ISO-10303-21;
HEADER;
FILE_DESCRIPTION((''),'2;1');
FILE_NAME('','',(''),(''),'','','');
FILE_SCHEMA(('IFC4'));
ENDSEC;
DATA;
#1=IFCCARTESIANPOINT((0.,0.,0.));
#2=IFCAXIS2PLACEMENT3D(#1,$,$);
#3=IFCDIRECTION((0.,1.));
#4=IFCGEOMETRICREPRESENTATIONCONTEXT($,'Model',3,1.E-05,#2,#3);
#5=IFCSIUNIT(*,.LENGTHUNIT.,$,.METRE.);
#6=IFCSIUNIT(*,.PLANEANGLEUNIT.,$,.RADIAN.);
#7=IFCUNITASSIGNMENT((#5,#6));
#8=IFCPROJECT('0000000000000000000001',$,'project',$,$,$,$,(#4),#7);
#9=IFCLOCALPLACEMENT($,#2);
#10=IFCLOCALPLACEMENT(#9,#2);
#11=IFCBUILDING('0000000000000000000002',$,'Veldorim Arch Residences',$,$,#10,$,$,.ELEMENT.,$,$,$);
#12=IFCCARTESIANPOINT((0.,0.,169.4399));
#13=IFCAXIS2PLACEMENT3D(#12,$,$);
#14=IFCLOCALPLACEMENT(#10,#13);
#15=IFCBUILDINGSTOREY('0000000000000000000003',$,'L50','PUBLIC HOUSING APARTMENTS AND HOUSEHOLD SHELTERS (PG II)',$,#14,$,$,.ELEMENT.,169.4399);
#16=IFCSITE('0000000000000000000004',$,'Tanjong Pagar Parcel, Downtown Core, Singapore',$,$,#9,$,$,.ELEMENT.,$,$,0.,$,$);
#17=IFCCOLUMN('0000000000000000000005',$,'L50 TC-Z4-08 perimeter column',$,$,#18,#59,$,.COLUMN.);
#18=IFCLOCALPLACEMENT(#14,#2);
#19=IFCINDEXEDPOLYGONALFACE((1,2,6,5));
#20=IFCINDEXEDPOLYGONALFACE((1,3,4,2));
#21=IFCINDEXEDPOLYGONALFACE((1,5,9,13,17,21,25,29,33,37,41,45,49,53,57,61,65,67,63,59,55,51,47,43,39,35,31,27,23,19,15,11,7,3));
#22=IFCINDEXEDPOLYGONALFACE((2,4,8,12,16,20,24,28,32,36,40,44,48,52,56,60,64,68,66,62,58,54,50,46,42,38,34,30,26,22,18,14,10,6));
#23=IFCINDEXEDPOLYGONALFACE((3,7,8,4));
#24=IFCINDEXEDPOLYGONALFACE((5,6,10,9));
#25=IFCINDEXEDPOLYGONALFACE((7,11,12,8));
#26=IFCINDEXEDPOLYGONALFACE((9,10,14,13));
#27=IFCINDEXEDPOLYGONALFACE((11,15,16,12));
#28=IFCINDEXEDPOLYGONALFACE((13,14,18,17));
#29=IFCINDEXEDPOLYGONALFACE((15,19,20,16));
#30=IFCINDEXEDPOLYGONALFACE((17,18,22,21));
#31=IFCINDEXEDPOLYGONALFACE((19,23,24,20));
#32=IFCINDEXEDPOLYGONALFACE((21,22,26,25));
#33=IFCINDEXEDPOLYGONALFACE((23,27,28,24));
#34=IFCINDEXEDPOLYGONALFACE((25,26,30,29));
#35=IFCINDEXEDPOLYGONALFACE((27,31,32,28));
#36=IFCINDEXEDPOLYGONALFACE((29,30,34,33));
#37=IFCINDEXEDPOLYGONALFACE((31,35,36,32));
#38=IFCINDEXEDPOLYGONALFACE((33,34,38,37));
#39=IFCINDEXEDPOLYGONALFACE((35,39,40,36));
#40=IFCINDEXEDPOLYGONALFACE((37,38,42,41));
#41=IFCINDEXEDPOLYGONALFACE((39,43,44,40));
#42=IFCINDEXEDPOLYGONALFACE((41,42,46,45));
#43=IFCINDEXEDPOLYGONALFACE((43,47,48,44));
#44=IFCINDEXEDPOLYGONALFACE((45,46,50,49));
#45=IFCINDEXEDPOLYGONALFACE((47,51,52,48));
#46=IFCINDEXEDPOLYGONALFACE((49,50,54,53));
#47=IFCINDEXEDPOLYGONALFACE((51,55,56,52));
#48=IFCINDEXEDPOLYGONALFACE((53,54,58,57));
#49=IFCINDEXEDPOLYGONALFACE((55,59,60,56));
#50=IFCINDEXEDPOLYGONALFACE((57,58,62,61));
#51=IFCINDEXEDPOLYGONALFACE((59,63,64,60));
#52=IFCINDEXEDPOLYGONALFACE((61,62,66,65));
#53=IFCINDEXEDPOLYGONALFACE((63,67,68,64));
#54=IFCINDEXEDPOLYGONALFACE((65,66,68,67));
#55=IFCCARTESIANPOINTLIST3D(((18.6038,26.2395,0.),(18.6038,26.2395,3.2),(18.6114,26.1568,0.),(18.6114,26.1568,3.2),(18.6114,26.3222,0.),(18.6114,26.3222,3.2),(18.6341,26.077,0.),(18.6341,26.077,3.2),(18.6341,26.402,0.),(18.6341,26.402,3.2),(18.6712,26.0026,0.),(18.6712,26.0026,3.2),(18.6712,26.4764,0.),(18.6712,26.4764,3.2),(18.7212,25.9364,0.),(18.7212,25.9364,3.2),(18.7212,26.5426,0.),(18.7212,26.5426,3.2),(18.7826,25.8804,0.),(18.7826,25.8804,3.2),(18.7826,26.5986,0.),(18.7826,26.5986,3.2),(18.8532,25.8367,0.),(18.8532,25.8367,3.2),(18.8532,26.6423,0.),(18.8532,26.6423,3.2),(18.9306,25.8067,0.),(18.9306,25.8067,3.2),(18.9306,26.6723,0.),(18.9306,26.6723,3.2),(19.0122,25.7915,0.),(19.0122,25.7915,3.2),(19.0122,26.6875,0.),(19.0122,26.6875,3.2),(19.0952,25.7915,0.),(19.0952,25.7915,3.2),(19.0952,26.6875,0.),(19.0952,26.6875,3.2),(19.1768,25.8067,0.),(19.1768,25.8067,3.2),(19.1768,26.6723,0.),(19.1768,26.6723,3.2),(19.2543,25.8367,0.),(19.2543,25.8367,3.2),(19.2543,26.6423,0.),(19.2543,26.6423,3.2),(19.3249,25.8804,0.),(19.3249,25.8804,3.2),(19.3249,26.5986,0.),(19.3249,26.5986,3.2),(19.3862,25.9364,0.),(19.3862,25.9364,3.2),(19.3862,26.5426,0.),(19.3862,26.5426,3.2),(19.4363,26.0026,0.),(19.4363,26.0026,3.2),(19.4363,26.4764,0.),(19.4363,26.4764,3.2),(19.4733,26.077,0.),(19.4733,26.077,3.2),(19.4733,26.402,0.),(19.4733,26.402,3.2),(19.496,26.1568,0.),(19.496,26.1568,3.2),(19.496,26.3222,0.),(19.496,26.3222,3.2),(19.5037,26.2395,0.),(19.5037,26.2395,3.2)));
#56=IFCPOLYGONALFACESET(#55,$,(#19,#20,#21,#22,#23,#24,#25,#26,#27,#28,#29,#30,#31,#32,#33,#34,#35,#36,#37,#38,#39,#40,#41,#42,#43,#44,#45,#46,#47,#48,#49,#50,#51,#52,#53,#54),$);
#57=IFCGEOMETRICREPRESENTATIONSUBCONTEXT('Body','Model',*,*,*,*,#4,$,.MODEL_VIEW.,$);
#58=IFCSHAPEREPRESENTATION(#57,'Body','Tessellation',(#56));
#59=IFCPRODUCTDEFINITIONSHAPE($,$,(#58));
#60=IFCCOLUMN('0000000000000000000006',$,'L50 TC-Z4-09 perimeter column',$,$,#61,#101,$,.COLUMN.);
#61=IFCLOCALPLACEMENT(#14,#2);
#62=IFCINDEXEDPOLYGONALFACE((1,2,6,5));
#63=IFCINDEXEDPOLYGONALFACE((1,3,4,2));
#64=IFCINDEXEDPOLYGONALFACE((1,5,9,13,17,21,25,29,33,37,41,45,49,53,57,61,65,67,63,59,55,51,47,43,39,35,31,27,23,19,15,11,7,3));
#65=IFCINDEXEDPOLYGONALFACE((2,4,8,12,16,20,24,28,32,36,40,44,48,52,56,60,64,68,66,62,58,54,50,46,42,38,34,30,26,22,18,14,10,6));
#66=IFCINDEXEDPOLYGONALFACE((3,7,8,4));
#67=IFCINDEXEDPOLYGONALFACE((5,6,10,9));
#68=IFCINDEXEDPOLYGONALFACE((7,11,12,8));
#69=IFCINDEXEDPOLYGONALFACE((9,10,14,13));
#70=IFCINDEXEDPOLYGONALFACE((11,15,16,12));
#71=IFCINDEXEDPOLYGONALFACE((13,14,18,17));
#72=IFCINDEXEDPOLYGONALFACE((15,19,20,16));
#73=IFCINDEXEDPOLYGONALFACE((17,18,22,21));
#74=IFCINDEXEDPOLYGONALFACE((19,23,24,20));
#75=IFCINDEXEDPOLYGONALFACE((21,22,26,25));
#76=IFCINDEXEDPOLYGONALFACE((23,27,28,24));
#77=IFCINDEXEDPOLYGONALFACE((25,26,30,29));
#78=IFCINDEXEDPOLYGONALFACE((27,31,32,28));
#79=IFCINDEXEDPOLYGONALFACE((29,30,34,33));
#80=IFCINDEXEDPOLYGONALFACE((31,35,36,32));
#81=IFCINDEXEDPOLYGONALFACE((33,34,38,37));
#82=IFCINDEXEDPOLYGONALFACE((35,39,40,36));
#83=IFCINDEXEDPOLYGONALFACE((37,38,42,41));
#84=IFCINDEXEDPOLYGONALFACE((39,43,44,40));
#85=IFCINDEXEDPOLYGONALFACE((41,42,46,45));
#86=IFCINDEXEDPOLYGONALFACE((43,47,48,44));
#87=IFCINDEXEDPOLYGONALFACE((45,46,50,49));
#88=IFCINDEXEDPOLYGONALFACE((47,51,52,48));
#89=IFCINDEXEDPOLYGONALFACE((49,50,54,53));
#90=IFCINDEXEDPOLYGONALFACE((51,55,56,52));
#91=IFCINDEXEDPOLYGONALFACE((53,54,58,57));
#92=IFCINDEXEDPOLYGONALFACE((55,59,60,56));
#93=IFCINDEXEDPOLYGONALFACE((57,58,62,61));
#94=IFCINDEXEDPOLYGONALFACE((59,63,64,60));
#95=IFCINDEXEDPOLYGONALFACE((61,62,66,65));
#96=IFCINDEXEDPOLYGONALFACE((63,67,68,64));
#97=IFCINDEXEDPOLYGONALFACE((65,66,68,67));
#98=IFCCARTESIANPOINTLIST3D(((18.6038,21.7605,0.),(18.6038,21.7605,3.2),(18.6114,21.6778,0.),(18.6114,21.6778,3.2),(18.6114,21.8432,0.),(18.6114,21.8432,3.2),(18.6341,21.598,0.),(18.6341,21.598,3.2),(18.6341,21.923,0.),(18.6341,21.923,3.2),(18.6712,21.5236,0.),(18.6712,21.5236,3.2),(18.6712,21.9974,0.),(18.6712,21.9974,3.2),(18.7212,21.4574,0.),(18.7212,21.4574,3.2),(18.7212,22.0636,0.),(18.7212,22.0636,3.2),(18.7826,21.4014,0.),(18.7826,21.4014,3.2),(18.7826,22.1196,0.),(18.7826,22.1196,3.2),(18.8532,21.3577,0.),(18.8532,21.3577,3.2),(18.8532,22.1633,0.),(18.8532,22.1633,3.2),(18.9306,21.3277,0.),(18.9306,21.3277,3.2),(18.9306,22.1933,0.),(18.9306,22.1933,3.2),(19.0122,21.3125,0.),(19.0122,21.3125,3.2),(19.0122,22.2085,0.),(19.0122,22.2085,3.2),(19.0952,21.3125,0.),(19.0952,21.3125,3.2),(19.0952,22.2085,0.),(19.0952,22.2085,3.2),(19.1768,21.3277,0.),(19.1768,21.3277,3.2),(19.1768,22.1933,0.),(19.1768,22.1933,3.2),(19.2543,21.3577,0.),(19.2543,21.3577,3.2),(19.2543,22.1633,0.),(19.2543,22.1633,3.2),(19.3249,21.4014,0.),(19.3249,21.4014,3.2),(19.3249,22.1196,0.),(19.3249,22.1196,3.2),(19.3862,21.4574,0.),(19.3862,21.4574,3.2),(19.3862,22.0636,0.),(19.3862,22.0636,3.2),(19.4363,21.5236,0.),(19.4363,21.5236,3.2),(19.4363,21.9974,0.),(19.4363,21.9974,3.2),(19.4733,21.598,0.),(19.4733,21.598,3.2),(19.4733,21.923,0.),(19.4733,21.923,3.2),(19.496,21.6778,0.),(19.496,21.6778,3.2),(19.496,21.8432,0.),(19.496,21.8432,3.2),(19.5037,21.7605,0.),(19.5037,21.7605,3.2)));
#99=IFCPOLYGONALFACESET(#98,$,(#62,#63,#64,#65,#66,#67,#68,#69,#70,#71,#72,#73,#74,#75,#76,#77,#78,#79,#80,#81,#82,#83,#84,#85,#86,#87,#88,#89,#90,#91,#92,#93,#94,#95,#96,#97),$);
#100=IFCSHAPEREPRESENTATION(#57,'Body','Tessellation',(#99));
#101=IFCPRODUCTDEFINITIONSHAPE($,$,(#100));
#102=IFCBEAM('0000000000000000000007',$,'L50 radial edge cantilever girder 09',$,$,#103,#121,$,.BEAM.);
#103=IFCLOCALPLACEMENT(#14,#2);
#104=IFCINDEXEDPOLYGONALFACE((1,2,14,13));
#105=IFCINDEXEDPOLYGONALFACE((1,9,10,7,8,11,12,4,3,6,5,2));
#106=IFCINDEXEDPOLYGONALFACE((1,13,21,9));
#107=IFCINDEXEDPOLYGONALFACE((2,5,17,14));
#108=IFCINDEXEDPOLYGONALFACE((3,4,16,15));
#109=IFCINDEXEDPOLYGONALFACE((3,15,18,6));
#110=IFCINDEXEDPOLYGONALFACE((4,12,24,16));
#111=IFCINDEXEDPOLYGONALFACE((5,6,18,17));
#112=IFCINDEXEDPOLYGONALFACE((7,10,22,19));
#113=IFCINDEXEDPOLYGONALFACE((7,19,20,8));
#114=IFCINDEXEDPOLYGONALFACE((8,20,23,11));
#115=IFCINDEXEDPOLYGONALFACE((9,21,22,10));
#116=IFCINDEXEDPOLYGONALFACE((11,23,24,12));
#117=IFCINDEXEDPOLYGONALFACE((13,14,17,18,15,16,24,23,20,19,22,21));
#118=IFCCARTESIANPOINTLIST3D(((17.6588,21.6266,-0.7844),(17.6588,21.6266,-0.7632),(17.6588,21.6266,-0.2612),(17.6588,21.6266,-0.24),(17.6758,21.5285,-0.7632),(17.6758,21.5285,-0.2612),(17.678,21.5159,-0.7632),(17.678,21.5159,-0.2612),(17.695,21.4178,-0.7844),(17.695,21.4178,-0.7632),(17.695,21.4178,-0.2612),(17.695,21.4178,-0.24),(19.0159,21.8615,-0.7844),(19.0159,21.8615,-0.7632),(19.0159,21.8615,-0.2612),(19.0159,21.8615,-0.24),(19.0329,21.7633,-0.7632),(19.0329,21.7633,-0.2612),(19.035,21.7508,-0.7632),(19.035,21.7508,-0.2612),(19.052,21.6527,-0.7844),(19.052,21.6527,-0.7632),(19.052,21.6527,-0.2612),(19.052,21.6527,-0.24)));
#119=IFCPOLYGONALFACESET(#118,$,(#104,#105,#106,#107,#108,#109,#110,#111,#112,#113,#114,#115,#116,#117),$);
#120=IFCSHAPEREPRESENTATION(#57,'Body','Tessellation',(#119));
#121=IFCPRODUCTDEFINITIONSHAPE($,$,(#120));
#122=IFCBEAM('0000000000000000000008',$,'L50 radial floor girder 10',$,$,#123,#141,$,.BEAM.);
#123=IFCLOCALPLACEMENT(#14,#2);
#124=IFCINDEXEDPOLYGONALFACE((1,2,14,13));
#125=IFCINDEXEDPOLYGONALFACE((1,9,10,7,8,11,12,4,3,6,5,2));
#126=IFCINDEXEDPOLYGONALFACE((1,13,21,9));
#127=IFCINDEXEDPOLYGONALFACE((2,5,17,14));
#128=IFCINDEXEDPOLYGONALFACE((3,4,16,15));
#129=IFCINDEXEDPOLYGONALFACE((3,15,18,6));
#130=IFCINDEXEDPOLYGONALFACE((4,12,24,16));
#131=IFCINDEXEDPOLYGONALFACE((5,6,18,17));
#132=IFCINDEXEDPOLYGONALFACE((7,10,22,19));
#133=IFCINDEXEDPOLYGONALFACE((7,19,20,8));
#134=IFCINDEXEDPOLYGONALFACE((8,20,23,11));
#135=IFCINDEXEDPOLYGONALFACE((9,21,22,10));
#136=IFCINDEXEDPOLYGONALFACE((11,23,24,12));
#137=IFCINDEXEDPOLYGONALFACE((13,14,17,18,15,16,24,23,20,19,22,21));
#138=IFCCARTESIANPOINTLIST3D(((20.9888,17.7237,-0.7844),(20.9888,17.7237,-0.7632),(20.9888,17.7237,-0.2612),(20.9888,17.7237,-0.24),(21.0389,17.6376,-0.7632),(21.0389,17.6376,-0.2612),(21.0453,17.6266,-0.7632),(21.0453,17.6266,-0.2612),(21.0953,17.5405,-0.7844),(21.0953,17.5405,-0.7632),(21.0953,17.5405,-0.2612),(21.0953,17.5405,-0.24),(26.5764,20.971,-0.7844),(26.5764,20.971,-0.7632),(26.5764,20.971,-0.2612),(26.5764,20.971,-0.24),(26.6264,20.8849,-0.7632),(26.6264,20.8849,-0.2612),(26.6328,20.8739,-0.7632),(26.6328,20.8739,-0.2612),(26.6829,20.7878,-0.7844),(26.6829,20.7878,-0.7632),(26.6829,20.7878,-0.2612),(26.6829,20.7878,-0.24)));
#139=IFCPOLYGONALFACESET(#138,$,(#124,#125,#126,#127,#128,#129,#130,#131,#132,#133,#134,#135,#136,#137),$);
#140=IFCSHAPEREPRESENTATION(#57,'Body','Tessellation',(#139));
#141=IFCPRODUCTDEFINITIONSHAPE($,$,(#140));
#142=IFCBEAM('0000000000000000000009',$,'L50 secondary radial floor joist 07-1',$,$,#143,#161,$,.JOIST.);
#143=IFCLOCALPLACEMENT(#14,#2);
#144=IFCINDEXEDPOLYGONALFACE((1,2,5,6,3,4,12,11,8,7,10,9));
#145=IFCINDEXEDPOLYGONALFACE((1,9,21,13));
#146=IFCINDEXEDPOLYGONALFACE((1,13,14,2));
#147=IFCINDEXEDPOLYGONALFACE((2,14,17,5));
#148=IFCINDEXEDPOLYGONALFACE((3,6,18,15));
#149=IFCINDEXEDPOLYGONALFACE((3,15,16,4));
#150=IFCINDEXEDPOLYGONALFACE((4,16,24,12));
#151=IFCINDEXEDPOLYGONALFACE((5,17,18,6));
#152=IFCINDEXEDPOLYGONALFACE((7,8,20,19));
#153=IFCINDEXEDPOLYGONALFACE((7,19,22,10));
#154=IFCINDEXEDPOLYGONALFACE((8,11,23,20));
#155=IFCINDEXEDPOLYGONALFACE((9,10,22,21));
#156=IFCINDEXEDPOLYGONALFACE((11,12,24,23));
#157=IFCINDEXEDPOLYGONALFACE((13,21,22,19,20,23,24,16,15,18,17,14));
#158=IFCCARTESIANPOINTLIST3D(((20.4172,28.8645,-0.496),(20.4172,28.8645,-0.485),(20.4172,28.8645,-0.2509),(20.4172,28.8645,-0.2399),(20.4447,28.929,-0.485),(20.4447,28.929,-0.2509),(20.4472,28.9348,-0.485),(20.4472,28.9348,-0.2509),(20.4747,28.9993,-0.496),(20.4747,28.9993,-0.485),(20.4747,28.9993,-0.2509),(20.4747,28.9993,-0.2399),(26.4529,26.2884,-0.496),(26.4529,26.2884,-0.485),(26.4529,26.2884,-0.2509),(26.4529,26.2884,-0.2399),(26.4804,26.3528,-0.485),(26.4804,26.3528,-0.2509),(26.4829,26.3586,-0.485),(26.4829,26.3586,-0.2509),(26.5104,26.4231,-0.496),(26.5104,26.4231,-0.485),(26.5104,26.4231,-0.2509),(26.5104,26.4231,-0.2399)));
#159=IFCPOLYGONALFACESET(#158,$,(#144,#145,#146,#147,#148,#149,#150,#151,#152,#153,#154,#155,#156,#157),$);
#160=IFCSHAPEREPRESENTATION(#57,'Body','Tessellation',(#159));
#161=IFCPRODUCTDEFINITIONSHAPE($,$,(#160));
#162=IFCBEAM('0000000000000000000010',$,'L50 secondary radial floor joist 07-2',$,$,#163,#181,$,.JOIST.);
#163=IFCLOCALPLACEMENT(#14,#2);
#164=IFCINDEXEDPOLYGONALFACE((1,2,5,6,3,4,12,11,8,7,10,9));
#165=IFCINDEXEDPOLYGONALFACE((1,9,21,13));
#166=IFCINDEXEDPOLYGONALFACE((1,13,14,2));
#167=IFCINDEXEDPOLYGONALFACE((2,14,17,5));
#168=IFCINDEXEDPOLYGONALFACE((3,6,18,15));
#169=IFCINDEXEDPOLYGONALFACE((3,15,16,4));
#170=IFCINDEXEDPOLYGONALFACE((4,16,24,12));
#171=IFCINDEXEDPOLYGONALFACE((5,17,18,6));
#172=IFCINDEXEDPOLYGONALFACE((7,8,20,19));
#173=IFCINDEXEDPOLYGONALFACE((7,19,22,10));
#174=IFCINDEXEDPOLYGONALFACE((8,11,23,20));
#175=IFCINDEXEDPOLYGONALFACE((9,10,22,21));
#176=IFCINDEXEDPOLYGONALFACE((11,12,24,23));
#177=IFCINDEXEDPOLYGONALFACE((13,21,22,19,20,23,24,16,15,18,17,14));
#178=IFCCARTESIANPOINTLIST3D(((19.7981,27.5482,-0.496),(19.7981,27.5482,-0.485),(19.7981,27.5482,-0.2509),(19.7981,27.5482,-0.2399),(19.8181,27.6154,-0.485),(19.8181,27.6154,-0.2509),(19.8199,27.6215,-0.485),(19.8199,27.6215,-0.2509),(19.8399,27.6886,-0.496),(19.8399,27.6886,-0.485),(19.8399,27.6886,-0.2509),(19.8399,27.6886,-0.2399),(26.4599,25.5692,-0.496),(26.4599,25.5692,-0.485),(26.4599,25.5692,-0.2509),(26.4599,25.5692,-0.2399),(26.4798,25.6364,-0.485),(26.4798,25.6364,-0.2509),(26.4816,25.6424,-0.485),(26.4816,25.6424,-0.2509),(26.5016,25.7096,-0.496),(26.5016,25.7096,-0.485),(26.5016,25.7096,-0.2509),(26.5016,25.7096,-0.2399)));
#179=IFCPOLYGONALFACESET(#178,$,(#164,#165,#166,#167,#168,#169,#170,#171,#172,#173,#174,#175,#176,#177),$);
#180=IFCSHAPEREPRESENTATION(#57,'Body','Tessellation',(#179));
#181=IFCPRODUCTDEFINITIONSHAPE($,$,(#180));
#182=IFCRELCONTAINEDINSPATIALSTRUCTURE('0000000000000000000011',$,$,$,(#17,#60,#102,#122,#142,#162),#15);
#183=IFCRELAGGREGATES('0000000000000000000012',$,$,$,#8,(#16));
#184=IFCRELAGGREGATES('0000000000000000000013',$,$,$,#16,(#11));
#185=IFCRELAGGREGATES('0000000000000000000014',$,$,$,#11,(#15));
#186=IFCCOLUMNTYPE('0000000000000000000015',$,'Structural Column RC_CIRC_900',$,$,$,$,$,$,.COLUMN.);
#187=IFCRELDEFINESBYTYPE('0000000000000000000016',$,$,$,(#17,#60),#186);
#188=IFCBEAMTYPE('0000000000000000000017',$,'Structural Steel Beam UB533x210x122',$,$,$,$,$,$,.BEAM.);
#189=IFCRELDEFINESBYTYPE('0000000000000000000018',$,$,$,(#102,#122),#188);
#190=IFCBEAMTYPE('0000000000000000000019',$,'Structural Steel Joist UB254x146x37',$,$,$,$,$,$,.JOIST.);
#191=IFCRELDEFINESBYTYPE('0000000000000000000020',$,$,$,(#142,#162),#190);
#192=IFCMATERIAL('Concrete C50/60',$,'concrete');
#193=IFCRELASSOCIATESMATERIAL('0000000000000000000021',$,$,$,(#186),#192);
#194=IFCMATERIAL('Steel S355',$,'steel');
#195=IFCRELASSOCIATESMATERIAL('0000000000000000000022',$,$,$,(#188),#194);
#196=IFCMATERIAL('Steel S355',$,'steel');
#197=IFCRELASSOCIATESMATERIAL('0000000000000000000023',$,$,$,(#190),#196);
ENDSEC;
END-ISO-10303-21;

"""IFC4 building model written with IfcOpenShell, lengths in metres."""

from ifc_helpers import new_model, si_unit, direction, frame, origin, origin_2d, place, context, subcontext, project, spatial, circle, i_section, extrude, material, material_profile, profile_set, type_object, element, save


model = new_model("IFC4")

# Units and contexts
model_context = context("Model", 3, precision=1e-05, world=origin(), true_north=direction((0.0, 1.0)))
body_context = subcontext(model_context, "Body", "Model", "MODEL_VIEW")
ifc_project = project(units=[si_unit("LENGTHUNIT", "METRE"), si_unit("PLANEANGLEUNIT", "RADIAN")], contexts=[model_context])

# Site, building, storey
site_placement = place(None, origin())
site = spatial("IfcSite", under=ifc_project, at=site_placement, Name="Tanjong Pagar Parcel, Downtown Core, Singapore", CompositionType="ELEMENT", RefElevation=0.0)
building_placement = place(site_placement, origin())
building = spatial("IfcBuilding", under=site, at=building_placement, Name="Veldorim Arch Residences", CompositionType="ELEMENT")
storey_placement = place(building_placement, frame((0.0, 0.0, 169.4399)))
storey = spatial("IfcBuildingStorey", under=building, at=storey_placement, Name="L50", Description="PUBLIC HOUSING APARTMENTS AND HOUSEHOLD SHELTERS (PG II)", CompositionType="ELEMENT", Elevation=169.4399)

# Columns
ifc_material_1 = material(Name="Concrete C50/60", Category="concrete")
ifc_material_profile_1 = material_profile(ifc_material_1, circle(Radius=0.45, at=origin_2d()), Name="RC_CIRC_900")
ifc_profile_set_1 = profile_set([ifc_material_profile_1], Name="Concrete C50/60")
column_type = type_object("IfcColumnType", Name="Structural Column RC_CIRC_900", PredefinedType="COLUMN", material=ifc_profile_set_1)
for number, where, z_axis, x_axis, name in (
    (1, (19.0537, 26.2395, 0.0), (0.0, 0.0, 1.0), (1.0, 0.0, 0.0), "L50 TC-Z4-08 perimeter column"),
    (2, (19.0537, 21.7605, 0.0), (0.0, 0.0, 1.0), (1.0, 0.0, 0.0), "L50 TC-Z4-09 perimeter column"),
):
    element("IfcColumn", number, at=place(storey_placement, frame(where, z_axis=z_axis, x_axis=x_axis)), inside=storey, type_object=column_type, Name=name, PredefinedType="COLUMN", context=body_context, shape_type="SweptSolid", body=[
        extrude(circle(Radius=0.45, at=origin_2d()), origin(), (0.0, 0.0, 1.0), 3.2),
    ])

# Beams
ifc_material_2 = material(Name="Steel S355", Category="steel")
ifc_material_profile_2 = material_profile(ifc_material_2, i_section(OverallWidth=0.2119, OverallDepth=0.5444, WebThickness=0.0127, FlangeThickness=0.0212, at=origin_2d()), Name="UB533x210x122")
ifc_profile_set_2 = profile_set([ifc_material_profile_2], Name="Steel S355")
beam_type_1 = type_object("IfcBeamType", Name="Structural Steel Beam UB533x210x122", PredefinedType="BEAM", material=ifc_profile_set_2)
beam_1_placement = place(storey_placement, frame((19.0339, 21.7571, -0.5122), z_axis=(-0.985349, -0.170548, 0.0), x_axis=(0.170548, -0.985349, 0.0)))
element("IfcBeam", 3, at=beam_1_placement, inside=storey, type_object=beam_type_1, Name="L50 radial edge cantilever girder 09", PredefinedType="BEAM", context=body_context, shape_type="SweptSolid", body=[
    extrude(i_section(OverallWidth=0.2119, OverallDepth=0.5444, WebThickness=0.0127, FlangeThickness=0.0212, at=origin_2d()), origin(), (0.0, 0.0, 1.0), 1.3772),
])
beam_2_placement = place(storey_placement, frame((26.6296, 20.8794, -0.5122), z_axis=(-0.864596, -0.502468, 0.0), x_axis=(0.502468, -0.864596, 0.0)))
element("IfcBeam", 4, at=beam_2_placement, inside=storey, type_object=beam_type_1, Name="L50 radial floor girder 10", PredefinedType="BEAM", context=body_context, shape_type="SweptSolid", body=[
    extrude(i_section(OverallWidth=0.2119, OverallDepth=0.5444, WebThickness=0.0127, FlangeThickness=0.0212, at=origin_2d()), origin(), (0.0, 0.0, 1.0), 6.4626),
])
ifc_material_3 = material(Name="Steel S355", Category="steel")
ifc_material_profile_3 = material_profile(ifc_material_3, i_section(OverallWidth=0.1465, OverallDepth=0.2561, WebThickness=0.0063, FlangeThickness=0.011, at=origin_2d()), Name="UB254x146x37")
ifc_profile_set_3 = profile_set([ifc_material_profile_3], Name="Steel S355")
beam_type_2 = type_object("IfcBeamType", Name="Structural Steel Joist UB254x146x37", PredefinedType="JOIST", material=ifc_profile_set_3)
beam_3_placement = place(storey_placement, frame((26.4817, 26.3557, -0.3679), z_axis=(-0.919725, 0.392563, 0.0), x_axis=(-0.392563, -0.919725, 0.0)))
element("IfcBeam", 5, at=beam_3_placement, inside=storey, type_object=beam_type_2, Name="L50 secondary radial floor joist 07-1", PredefinedType="JOIST", context=body_context, shape_type="SweptSolid", body=[
    extrude(i_section(OverallWidth=0.1465, OverallDepth=0.2561, WebThickness=0.0063, FlangeThickness=0.011, at=origin_2d()), origin(), (0.0, 0.0, 1.0), 6.5625),
])
beam_4_placement = place(storey_placement, frame((26.4807, 25.6394, -0.3679), z_axis=(-0.958594, 0.284775, 0.0), x_axis=(-0.284775, -0.958594, 0.0)))
element("IfcBeam", 6, at=beam_4_placement, inside=storey, type_object=beam_type_2, Name="L50 secondary radial floor joist 07-2", PredefinedType="JOIST", context=body_context, shape_type="SweptSolid", body=[
    extrude(i_section(OverallWidth=0.1465, OverallDepth=0.2561, WebThickness=0.0063, FlangeThickness=0.011, at=origin_2d()), origin(), (0.0, 0.0, 1.0), 6.9495),
])

save(model, "model.ifc")
